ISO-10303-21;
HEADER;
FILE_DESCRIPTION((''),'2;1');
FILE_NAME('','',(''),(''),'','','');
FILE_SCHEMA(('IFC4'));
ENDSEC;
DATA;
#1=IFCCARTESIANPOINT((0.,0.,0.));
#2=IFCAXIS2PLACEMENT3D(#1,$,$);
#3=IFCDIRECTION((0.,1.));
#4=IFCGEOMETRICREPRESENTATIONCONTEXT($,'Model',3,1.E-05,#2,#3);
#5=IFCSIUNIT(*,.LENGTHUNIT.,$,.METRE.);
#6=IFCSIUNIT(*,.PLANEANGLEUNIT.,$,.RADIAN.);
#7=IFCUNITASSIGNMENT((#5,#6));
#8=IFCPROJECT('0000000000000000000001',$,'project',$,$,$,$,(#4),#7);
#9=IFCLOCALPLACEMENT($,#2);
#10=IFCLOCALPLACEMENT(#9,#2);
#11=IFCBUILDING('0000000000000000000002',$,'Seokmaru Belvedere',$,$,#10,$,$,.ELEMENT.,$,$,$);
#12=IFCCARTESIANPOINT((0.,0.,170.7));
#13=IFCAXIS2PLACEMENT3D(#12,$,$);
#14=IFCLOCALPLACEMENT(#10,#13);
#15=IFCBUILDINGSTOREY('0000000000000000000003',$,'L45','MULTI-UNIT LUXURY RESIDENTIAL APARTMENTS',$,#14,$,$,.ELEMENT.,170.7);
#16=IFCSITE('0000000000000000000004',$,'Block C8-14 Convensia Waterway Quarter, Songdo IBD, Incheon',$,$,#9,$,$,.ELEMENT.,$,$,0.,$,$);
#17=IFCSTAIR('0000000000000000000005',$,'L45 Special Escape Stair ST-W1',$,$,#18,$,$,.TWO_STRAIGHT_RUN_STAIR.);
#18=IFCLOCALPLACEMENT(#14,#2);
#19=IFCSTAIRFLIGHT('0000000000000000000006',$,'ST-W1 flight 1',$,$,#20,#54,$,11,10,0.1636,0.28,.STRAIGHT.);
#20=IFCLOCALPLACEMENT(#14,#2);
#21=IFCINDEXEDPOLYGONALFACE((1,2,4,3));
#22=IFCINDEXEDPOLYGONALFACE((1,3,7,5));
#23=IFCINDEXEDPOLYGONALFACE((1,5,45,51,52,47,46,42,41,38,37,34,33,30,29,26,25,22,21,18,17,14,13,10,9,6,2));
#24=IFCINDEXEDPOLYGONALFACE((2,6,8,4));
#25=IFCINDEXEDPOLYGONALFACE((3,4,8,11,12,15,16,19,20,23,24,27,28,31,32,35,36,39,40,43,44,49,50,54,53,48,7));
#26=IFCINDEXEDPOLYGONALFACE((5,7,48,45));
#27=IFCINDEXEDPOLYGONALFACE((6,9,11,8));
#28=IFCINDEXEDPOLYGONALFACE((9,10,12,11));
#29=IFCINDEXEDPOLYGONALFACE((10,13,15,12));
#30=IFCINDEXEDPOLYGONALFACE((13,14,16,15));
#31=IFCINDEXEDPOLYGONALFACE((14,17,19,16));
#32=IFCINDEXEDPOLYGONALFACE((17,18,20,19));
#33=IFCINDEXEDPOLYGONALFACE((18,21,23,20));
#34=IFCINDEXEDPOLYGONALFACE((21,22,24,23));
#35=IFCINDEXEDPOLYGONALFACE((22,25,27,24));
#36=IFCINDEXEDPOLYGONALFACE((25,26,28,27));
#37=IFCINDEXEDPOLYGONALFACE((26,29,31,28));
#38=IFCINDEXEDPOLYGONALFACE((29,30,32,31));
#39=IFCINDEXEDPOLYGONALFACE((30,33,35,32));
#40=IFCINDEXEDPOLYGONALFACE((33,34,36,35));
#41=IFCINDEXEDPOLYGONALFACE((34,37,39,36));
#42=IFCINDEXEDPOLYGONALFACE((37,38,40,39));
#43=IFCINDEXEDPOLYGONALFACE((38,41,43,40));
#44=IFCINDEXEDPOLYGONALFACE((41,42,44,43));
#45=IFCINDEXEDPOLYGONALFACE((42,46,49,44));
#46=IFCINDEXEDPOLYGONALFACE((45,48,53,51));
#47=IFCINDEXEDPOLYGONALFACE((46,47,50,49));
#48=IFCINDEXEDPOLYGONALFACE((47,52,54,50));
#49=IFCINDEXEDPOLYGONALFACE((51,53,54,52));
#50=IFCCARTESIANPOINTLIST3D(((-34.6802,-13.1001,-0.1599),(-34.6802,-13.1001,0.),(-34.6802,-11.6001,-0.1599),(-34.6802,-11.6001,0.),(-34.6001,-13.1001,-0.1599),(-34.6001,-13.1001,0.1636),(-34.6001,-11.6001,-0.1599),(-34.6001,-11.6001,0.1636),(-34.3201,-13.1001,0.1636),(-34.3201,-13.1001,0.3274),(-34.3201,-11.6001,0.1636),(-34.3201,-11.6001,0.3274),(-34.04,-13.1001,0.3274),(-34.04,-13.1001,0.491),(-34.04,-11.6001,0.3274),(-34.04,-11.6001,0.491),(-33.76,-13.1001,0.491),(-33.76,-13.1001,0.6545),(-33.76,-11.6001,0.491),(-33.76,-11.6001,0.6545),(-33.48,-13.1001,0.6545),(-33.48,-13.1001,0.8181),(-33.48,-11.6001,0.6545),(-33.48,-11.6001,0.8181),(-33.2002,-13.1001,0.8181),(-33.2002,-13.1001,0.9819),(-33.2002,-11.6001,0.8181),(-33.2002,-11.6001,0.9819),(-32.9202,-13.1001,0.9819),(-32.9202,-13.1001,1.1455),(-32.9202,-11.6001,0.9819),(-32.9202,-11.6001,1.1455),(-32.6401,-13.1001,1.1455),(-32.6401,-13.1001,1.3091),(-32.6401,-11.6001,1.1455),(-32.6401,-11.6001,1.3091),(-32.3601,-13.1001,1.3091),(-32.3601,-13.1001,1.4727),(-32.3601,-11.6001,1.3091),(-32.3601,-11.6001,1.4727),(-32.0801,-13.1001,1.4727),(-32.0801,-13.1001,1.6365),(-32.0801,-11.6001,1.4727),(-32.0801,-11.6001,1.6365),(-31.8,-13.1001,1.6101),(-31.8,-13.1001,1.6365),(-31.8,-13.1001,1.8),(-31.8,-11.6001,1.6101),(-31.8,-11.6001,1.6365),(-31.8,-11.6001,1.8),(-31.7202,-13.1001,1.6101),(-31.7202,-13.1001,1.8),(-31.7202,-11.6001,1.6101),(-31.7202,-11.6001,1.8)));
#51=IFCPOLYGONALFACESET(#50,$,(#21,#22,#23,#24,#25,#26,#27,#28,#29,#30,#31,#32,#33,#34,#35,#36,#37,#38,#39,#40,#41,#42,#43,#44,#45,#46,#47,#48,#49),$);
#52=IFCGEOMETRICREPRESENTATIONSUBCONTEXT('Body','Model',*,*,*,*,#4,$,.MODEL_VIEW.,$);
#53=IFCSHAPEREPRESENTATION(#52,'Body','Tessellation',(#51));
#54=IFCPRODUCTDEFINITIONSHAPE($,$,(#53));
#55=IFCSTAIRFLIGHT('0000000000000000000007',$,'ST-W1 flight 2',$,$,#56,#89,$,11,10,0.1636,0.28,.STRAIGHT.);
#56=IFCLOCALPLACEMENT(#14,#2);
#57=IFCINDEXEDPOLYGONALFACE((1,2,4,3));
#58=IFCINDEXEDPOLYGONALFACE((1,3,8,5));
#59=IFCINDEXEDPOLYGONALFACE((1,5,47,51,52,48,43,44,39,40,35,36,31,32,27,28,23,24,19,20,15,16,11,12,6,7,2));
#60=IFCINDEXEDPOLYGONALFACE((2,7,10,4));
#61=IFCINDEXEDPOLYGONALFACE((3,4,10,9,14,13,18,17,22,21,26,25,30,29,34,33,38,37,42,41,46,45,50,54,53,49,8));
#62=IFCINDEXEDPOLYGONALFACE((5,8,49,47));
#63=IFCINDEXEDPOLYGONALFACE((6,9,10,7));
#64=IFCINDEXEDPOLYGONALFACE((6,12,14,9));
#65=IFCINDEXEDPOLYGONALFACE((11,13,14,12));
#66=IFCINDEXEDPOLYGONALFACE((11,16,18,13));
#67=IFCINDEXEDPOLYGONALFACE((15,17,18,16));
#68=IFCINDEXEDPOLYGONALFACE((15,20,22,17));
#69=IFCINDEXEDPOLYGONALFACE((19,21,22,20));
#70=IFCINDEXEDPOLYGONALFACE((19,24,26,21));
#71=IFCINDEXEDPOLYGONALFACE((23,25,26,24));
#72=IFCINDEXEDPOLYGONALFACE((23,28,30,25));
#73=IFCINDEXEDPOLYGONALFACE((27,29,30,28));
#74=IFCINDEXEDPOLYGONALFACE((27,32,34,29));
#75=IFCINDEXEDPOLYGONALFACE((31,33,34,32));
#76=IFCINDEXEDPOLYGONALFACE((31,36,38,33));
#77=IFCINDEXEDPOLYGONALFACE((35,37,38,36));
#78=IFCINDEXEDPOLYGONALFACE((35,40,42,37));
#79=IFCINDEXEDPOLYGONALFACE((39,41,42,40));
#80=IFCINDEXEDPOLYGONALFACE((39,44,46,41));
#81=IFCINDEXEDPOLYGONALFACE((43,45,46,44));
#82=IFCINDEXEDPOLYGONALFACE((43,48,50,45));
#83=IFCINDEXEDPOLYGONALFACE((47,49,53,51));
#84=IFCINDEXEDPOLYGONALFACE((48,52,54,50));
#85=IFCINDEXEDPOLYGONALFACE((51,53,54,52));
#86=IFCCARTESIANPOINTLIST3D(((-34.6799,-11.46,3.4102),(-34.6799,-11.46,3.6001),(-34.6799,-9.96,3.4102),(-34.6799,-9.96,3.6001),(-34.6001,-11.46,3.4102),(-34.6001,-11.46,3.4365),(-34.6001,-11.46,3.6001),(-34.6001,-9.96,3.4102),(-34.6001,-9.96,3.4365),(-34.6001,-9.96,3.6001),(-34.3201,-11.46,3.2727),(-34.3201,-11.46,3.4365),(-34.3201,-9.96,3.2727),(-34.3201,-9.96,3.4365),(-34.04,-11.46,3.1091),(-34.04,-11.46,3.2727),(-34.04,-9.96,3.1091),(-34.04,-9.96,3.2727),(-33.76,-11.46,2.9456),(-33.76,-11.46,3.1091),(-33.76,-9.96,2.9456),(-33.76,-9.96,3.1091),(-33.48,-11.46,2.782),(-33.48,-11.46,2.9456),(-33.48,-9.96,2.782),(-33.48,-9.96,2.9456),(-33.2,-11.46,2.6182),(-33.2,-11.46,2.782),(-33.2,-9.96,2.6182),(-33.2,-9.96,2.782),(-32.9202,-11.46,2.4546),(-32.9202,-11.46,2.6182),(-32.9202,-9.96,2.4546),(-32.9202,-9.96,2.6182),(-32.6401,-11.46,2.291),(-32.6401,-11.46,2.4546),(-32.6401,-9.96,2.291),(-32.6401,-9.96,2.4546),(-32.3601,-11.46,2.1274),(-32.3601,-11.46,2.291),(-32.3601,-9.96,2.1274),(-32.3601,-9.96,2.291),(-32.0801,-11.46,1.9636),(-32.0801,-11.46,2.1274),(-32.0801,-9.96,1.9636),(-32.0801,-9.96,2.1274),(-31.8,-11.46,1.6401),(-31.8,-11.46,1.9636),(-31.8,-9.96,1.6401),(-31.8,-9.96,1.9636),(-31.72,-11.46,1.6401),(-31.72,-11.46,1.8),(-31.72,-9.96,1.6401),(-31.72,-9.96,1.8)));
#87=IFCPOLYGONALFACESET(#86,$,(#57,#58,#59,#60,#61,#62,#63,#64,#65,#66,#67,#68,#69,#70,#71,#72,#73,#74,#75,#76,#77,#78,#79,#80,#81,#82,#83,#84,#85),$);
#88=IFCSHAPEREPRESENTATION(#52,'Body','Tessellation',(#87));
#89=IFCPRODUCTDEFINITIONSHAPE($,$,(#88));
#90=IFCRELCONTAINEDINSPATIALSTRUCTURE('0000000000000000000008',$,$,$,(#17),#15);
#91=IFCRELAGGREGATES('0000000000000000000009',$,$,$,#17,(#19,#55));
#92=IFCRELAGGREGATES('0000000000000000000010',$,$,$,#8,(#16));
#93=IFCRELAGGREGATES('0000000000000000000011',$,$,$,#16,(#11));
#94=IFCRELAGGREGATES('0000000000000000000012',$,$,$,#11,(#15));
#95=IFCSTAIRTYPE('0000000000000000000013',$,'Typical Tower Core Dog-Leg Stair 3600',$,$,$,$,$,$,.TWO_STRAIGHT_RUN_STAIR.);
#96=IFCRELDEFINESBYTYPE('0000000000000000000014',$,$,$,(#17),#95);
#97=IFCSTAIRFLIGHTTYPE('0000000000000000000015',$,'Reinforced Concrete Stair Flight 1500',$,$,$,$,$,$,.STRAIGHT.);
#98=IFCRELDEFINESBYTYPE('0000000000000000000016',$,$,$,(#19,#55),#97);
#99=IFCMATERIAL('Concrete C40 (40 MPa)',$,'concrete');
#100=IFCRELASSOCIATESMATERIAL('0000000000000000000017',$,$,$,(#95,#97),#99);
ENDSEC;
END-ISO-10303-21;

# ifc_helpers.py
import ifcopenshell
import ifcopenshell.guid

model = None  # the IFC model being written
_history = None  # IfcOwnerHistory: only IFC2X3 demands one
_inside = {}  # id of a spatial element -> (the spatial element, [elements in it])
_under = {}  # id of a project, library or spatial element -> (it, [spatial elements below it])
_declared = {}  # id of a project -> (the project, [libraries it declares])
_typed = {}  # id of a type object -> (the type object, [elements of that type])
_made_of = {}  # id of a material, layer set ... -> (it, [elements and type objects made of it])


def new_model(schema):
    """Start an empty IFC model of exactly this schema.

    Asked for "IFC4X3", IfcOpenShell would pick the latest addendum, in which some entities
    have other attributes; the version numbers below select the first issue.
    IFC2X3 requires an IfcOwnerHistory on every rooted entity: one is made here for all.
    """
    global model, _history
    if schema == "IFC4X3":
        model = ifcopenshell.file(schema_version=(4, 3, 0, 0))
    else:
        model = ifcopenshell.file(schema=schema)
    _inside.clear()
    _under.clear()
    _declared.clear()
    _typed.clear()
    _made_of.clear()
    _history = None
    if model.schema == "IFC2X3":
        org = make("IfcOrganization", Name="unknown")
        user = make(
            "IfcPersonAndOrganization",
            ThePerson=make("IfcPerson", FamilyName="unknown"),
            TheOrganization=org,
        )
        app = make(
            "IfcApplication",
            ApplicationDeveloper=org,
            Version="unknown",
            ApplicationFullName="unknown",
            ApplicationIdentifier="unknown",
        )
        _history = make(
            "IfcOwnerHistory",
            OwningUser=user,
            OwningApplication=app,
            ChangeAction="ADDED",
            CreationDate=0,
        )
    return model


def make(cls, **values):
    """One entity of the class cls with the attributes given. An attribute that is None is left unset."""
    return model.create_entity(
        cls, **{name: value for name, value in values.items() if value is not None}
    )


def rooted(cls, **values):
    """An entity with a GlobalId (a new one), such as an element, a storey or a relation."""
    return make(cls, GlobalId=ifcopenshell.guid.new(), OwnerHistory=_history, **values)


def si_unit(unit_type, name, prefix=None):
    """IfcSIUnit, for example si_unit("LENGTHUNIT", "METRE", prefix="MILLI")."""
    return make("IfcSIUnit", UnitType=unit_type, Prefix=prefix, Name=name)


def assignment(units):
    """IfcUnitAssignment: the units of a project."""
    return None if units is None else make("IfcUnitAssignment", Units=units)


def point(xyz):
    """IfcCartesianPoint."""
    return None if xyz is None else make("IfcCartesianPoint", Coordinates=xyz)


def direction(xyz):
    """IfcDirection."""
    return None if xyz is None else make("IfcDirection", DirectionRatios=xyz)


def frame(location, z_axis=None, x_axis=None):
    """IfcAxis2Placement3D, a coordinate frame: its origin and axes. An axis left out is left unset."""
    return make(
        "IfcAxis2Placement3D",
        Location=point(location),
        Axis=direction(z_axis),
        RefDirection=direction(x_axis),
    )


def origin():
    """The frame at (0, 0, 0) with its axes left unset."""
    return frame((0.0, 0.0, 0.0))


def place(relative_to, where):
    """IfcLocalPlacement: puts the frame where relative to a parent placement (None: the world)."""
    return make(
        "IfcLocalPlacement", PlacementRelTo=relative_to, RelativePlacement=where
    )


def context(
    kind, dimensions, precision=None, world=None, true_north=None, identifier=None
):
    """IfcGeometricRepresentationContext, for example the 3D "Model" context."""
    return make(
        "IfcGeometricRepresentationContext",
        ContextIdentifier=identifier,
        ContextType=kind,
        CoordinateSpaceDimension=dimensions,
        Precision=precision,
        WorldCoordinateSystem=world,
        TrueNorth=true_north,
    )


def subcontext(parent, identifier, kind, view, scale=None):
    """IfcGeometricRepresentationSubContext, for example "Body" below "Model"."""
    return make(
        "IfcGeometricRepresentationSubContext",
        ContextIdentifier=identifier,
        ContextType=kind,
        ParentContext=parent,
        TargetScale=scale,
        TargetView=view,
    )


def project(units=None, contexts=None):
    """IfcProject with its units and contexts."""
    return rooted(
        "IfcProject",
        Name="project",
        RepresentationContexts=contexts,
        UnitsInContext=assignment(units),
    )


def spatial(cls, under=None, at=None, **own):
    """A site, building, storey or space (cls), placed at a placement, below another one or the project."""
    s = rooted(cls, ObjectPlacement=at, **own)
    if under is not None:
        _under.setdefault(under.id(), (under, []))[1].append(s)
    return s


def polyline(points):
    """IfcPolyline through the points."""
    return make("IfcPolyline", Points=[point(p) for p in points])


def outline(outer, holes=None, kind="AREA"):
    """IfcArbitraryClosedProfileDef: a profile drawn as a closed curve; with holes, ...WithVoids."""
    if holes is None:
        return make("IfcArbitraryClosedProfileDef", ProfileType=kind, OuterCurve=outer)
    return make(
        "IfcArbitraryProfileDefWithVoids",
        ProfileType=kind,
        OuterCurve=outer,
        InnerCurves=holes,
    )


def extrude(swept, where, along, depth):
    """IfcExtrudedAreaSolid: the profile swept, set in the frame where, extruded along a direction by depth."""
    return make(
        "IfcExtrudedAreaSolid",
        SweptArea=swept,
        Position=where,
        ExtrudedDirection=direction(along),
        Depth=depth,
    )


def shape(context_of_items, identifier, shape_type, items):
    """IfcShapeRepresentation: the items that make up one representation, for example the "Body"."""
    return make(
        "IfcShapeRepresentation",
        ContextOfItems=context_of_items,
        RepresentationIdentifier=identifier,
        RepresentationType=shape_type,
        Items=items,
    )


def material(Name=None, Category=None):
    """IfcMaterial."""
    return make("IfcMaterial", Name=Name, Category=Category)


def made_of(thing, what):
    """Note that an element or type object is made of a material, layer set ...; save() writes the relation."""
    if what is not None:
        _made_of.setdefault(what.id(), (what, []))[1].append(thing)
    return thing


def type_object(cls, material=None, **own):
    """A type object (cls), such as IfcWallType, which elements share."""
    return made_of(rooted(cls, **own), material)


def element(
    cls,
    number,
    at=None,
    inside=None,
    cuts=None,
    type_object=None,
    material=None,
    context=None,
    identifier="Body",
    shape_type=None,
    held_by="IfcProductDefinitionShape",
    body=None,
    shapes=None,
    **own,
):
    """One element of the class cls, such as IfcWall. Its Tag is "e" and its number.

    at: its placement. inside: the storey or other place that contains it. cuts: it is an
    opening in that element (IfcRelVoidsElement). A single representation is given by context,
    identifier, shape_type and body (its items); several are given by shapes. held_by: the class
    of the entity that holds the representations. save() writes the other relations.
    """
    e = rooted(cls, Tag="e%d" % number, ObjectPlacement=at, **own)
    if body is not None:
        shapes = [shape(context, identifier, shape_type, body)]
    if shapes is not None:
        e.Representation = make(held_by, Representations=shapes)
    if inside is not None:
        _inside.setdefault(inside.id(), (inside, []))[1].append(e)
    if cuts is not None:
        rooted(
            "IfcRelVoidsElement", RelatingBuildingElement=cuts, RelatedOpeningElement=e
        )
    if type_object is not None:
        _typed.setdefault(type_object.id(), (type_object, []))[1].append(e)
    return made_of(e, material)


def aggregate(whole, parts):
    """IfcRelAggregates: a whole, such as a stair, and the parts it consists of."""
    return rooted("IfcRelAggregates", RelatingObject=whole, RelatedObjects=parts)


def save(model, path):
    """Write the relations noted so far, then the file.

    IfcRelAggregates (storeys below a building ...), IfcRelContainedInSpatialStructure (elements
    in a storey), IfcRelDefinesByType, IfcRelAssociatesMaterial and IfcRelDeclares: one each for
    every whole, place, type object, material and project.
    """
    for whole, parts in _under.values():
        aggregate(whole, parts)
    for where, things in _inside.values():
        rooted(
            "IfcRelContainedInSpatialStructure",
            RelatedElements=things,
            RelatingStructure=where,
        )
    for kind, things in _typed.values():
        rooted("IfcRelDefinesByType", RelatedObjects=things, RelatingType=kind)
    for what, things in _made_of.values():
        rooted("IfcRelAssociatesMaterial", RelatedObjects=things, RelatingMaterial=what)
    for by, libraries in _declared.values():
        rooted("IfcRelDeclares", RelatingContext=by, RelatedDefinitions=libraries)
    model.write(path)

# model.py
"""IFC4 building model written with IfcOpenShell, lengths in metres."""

from ifc_helpers import new_model, si_unit, direction, frame, origin, place, context, subcontext, project, spatial, polyline, outline, extrude, material, type_object, element, aggregate, save


model = new_model("IFC4")

# Units and contexts
model_context = context("Model", 3, precision=1e-05, world=origin(), true_north=direction((0.0, 1.0)))
body_context = subcontext(model_context, "Body", "Model", "MODEL_VIEW")
ifc_project = project(units=[si_unit("LENGTHUNIT", "METRE"), si_unit("PLANEANGLEUNIT", "RADIAN")], contexts=[model_context])

# Site, building, storey
site_placement = place(None, origin())
site = spatial("IfcSite", under=ifc_project, at=site_placement, Name="Block C8-14 Convensia Waterway Quarter, Songdo IBD, Incheon", CompositionType="ELEMENT", RefElevation=0.0)
building_placement = place(site_placement, origin())
building = spatial("IfcBuilding", under=site, at=building_placement, Name="Seokmaru Belvedere", CompositionType="ELEMENT")
storey_placement = place(building_placement, frame((0.0, 0.0, 170.7)))
storey = spatial("IfcBuildingStorey", under=building, at=storey_placement, Name="L45", Description="MULTI-UNIT LUXURY RESIDENTIAL APARTMENTS", CompositionType="ELEMENT", Elevation=170.7)

# Stair, stair flights
ifc_material_1 = material(Name="Concrete C40 (40 MPa)", Category="concrete")
stair_type = type_object("IfcStairType", Name="Typical Tower Core Dog-Leg Stair 3600", PredefinedType="TWO_STRAIGHT_RUN_STAIR", material=ifc_material_1)
stair_placement = place(storey_placement, origin())
stair = element("IfcStair", 1, at=stair_placement, inside=storey, type_object=stair_type, Name="L45 Special Escape Stair ST-W1", PredefinedType="TWO_STRAIGHT_RUN_STAIR")
stair_flight_type = type_object("IfcStairFlightType", Name="Reinforced Concrete Stair Flight 1500", PredefinedType="STRAIGHT", material=ifc_material_1)
stair_flight_1_placement = place(storey_placement, frame((-34.6001, -12.3501, 0.0), z_axis=(0.0, 0.0, 1.0), x_axis=(1.0, 0.0, 0.0)))
stair_flight_1 = element("IfcStairFlight", 2, at=stair_flight_1_placement, type_object=stair_flight_type, Name="ST-W1 flight 1", NumberOfRisers=11, NumberOfTreads=10, PredefinedType="STRAIGHT", RiserHeight=0.1636, TreadLength=0.28, context=body_context, shape_type="SweptSolid", body=[
    extrude(outline(polyline([(-0.0801, 0.0), (0.0, 0.1636), (0.28, 0.1636), (0.28, 0.3274), (0.5601, 0.3274), (0.5601, 0.491), (0.8401, 0.491), (0.8401, 0.6545), (1.1201, 0.6545), (1.1201, 0.8181), (1.3999, 0.8181), (1.3999, 0.9819), (1.6799, 0.9819), (1.6799, 1.1455), (1.96, 1.1455), (1.96, 1.3091), (2.24, 1.3091), (2.24, 1.4727), (2.52, 1.4727), (2.52, 1.6365), (2.8, 1.6365), (2.8, 1.8), (2.8799, 1.8), (2.8799, 1.6101), (2.8, 1.6101), (0.0, -0.1599), (-0.0801, -0.1599), (-0.0801, 0.0)])), frame((0.0, 0.75, 0.0), z_axis=(0.0, -1.0, 0.0), x_axis=(1.0, 0.0, 0.0)), (0.0, 0.0, 1.0), 1.5),
])
stair_flight_2_placement = place(storey_placement, frame((-31.8, -10.71, 1.8), z_axis=(0.0, 0.0, 1.0), x_axis=(-1.0, 0.0, 0.0)))
stair_flight_2 = element("IfcStairFlight", 3, at=stair_flight_2_placement, type_object=stair_flight_type, Name="ST-W1 flight 2", NumberOfRisers=11, NumberOfTreads=10, PredefinedType="STRAIGHT", RiserHeight=0.1636, TreadLength=0.28, context=body_context, shape_type="SweptSolid", body=[
    extrude(outline(polyline([(-0.0801, 0.0), (0.0, 0.1636), (0.28, 0.1636), (0.28, 0.3274), (0.5601, 0.3274), (0.5601, 0.491), (0.8401, 0.491), (0.8401, 0.6545), (1.1201, 0.6545), (1.1201, 0.8181), (1.3999, 0.8181), (1.3999, 0.9819), (1.6799, 0.9819), (1.6799, 1.1455), (1.96, 1.1455), (1.96, 1.3091), (2.24, 1.3091), (2.24, 1.4727), (2.52, 1.4727), (2.52, 1.6365), (2.8, 1.6365), (2.8, 1.8), (2.8799, 1.8), (2.8799, 1.6101), (2.8, 1.6101), (0.0, -0.1599), (-0.0801, -0.1599), (-0.0801, 0.0)])), frame((0.0, 0.75, 0.0), z_axis=(0.0, -1.0, 0.0), x_axis=(1.0, 0.0, 0.0)), (0.0, 0.0, 1.0), 1.5),
])
aggregate(stair, [stair_flight_1, stair_flight_2])

save(model, "model.ifc")
